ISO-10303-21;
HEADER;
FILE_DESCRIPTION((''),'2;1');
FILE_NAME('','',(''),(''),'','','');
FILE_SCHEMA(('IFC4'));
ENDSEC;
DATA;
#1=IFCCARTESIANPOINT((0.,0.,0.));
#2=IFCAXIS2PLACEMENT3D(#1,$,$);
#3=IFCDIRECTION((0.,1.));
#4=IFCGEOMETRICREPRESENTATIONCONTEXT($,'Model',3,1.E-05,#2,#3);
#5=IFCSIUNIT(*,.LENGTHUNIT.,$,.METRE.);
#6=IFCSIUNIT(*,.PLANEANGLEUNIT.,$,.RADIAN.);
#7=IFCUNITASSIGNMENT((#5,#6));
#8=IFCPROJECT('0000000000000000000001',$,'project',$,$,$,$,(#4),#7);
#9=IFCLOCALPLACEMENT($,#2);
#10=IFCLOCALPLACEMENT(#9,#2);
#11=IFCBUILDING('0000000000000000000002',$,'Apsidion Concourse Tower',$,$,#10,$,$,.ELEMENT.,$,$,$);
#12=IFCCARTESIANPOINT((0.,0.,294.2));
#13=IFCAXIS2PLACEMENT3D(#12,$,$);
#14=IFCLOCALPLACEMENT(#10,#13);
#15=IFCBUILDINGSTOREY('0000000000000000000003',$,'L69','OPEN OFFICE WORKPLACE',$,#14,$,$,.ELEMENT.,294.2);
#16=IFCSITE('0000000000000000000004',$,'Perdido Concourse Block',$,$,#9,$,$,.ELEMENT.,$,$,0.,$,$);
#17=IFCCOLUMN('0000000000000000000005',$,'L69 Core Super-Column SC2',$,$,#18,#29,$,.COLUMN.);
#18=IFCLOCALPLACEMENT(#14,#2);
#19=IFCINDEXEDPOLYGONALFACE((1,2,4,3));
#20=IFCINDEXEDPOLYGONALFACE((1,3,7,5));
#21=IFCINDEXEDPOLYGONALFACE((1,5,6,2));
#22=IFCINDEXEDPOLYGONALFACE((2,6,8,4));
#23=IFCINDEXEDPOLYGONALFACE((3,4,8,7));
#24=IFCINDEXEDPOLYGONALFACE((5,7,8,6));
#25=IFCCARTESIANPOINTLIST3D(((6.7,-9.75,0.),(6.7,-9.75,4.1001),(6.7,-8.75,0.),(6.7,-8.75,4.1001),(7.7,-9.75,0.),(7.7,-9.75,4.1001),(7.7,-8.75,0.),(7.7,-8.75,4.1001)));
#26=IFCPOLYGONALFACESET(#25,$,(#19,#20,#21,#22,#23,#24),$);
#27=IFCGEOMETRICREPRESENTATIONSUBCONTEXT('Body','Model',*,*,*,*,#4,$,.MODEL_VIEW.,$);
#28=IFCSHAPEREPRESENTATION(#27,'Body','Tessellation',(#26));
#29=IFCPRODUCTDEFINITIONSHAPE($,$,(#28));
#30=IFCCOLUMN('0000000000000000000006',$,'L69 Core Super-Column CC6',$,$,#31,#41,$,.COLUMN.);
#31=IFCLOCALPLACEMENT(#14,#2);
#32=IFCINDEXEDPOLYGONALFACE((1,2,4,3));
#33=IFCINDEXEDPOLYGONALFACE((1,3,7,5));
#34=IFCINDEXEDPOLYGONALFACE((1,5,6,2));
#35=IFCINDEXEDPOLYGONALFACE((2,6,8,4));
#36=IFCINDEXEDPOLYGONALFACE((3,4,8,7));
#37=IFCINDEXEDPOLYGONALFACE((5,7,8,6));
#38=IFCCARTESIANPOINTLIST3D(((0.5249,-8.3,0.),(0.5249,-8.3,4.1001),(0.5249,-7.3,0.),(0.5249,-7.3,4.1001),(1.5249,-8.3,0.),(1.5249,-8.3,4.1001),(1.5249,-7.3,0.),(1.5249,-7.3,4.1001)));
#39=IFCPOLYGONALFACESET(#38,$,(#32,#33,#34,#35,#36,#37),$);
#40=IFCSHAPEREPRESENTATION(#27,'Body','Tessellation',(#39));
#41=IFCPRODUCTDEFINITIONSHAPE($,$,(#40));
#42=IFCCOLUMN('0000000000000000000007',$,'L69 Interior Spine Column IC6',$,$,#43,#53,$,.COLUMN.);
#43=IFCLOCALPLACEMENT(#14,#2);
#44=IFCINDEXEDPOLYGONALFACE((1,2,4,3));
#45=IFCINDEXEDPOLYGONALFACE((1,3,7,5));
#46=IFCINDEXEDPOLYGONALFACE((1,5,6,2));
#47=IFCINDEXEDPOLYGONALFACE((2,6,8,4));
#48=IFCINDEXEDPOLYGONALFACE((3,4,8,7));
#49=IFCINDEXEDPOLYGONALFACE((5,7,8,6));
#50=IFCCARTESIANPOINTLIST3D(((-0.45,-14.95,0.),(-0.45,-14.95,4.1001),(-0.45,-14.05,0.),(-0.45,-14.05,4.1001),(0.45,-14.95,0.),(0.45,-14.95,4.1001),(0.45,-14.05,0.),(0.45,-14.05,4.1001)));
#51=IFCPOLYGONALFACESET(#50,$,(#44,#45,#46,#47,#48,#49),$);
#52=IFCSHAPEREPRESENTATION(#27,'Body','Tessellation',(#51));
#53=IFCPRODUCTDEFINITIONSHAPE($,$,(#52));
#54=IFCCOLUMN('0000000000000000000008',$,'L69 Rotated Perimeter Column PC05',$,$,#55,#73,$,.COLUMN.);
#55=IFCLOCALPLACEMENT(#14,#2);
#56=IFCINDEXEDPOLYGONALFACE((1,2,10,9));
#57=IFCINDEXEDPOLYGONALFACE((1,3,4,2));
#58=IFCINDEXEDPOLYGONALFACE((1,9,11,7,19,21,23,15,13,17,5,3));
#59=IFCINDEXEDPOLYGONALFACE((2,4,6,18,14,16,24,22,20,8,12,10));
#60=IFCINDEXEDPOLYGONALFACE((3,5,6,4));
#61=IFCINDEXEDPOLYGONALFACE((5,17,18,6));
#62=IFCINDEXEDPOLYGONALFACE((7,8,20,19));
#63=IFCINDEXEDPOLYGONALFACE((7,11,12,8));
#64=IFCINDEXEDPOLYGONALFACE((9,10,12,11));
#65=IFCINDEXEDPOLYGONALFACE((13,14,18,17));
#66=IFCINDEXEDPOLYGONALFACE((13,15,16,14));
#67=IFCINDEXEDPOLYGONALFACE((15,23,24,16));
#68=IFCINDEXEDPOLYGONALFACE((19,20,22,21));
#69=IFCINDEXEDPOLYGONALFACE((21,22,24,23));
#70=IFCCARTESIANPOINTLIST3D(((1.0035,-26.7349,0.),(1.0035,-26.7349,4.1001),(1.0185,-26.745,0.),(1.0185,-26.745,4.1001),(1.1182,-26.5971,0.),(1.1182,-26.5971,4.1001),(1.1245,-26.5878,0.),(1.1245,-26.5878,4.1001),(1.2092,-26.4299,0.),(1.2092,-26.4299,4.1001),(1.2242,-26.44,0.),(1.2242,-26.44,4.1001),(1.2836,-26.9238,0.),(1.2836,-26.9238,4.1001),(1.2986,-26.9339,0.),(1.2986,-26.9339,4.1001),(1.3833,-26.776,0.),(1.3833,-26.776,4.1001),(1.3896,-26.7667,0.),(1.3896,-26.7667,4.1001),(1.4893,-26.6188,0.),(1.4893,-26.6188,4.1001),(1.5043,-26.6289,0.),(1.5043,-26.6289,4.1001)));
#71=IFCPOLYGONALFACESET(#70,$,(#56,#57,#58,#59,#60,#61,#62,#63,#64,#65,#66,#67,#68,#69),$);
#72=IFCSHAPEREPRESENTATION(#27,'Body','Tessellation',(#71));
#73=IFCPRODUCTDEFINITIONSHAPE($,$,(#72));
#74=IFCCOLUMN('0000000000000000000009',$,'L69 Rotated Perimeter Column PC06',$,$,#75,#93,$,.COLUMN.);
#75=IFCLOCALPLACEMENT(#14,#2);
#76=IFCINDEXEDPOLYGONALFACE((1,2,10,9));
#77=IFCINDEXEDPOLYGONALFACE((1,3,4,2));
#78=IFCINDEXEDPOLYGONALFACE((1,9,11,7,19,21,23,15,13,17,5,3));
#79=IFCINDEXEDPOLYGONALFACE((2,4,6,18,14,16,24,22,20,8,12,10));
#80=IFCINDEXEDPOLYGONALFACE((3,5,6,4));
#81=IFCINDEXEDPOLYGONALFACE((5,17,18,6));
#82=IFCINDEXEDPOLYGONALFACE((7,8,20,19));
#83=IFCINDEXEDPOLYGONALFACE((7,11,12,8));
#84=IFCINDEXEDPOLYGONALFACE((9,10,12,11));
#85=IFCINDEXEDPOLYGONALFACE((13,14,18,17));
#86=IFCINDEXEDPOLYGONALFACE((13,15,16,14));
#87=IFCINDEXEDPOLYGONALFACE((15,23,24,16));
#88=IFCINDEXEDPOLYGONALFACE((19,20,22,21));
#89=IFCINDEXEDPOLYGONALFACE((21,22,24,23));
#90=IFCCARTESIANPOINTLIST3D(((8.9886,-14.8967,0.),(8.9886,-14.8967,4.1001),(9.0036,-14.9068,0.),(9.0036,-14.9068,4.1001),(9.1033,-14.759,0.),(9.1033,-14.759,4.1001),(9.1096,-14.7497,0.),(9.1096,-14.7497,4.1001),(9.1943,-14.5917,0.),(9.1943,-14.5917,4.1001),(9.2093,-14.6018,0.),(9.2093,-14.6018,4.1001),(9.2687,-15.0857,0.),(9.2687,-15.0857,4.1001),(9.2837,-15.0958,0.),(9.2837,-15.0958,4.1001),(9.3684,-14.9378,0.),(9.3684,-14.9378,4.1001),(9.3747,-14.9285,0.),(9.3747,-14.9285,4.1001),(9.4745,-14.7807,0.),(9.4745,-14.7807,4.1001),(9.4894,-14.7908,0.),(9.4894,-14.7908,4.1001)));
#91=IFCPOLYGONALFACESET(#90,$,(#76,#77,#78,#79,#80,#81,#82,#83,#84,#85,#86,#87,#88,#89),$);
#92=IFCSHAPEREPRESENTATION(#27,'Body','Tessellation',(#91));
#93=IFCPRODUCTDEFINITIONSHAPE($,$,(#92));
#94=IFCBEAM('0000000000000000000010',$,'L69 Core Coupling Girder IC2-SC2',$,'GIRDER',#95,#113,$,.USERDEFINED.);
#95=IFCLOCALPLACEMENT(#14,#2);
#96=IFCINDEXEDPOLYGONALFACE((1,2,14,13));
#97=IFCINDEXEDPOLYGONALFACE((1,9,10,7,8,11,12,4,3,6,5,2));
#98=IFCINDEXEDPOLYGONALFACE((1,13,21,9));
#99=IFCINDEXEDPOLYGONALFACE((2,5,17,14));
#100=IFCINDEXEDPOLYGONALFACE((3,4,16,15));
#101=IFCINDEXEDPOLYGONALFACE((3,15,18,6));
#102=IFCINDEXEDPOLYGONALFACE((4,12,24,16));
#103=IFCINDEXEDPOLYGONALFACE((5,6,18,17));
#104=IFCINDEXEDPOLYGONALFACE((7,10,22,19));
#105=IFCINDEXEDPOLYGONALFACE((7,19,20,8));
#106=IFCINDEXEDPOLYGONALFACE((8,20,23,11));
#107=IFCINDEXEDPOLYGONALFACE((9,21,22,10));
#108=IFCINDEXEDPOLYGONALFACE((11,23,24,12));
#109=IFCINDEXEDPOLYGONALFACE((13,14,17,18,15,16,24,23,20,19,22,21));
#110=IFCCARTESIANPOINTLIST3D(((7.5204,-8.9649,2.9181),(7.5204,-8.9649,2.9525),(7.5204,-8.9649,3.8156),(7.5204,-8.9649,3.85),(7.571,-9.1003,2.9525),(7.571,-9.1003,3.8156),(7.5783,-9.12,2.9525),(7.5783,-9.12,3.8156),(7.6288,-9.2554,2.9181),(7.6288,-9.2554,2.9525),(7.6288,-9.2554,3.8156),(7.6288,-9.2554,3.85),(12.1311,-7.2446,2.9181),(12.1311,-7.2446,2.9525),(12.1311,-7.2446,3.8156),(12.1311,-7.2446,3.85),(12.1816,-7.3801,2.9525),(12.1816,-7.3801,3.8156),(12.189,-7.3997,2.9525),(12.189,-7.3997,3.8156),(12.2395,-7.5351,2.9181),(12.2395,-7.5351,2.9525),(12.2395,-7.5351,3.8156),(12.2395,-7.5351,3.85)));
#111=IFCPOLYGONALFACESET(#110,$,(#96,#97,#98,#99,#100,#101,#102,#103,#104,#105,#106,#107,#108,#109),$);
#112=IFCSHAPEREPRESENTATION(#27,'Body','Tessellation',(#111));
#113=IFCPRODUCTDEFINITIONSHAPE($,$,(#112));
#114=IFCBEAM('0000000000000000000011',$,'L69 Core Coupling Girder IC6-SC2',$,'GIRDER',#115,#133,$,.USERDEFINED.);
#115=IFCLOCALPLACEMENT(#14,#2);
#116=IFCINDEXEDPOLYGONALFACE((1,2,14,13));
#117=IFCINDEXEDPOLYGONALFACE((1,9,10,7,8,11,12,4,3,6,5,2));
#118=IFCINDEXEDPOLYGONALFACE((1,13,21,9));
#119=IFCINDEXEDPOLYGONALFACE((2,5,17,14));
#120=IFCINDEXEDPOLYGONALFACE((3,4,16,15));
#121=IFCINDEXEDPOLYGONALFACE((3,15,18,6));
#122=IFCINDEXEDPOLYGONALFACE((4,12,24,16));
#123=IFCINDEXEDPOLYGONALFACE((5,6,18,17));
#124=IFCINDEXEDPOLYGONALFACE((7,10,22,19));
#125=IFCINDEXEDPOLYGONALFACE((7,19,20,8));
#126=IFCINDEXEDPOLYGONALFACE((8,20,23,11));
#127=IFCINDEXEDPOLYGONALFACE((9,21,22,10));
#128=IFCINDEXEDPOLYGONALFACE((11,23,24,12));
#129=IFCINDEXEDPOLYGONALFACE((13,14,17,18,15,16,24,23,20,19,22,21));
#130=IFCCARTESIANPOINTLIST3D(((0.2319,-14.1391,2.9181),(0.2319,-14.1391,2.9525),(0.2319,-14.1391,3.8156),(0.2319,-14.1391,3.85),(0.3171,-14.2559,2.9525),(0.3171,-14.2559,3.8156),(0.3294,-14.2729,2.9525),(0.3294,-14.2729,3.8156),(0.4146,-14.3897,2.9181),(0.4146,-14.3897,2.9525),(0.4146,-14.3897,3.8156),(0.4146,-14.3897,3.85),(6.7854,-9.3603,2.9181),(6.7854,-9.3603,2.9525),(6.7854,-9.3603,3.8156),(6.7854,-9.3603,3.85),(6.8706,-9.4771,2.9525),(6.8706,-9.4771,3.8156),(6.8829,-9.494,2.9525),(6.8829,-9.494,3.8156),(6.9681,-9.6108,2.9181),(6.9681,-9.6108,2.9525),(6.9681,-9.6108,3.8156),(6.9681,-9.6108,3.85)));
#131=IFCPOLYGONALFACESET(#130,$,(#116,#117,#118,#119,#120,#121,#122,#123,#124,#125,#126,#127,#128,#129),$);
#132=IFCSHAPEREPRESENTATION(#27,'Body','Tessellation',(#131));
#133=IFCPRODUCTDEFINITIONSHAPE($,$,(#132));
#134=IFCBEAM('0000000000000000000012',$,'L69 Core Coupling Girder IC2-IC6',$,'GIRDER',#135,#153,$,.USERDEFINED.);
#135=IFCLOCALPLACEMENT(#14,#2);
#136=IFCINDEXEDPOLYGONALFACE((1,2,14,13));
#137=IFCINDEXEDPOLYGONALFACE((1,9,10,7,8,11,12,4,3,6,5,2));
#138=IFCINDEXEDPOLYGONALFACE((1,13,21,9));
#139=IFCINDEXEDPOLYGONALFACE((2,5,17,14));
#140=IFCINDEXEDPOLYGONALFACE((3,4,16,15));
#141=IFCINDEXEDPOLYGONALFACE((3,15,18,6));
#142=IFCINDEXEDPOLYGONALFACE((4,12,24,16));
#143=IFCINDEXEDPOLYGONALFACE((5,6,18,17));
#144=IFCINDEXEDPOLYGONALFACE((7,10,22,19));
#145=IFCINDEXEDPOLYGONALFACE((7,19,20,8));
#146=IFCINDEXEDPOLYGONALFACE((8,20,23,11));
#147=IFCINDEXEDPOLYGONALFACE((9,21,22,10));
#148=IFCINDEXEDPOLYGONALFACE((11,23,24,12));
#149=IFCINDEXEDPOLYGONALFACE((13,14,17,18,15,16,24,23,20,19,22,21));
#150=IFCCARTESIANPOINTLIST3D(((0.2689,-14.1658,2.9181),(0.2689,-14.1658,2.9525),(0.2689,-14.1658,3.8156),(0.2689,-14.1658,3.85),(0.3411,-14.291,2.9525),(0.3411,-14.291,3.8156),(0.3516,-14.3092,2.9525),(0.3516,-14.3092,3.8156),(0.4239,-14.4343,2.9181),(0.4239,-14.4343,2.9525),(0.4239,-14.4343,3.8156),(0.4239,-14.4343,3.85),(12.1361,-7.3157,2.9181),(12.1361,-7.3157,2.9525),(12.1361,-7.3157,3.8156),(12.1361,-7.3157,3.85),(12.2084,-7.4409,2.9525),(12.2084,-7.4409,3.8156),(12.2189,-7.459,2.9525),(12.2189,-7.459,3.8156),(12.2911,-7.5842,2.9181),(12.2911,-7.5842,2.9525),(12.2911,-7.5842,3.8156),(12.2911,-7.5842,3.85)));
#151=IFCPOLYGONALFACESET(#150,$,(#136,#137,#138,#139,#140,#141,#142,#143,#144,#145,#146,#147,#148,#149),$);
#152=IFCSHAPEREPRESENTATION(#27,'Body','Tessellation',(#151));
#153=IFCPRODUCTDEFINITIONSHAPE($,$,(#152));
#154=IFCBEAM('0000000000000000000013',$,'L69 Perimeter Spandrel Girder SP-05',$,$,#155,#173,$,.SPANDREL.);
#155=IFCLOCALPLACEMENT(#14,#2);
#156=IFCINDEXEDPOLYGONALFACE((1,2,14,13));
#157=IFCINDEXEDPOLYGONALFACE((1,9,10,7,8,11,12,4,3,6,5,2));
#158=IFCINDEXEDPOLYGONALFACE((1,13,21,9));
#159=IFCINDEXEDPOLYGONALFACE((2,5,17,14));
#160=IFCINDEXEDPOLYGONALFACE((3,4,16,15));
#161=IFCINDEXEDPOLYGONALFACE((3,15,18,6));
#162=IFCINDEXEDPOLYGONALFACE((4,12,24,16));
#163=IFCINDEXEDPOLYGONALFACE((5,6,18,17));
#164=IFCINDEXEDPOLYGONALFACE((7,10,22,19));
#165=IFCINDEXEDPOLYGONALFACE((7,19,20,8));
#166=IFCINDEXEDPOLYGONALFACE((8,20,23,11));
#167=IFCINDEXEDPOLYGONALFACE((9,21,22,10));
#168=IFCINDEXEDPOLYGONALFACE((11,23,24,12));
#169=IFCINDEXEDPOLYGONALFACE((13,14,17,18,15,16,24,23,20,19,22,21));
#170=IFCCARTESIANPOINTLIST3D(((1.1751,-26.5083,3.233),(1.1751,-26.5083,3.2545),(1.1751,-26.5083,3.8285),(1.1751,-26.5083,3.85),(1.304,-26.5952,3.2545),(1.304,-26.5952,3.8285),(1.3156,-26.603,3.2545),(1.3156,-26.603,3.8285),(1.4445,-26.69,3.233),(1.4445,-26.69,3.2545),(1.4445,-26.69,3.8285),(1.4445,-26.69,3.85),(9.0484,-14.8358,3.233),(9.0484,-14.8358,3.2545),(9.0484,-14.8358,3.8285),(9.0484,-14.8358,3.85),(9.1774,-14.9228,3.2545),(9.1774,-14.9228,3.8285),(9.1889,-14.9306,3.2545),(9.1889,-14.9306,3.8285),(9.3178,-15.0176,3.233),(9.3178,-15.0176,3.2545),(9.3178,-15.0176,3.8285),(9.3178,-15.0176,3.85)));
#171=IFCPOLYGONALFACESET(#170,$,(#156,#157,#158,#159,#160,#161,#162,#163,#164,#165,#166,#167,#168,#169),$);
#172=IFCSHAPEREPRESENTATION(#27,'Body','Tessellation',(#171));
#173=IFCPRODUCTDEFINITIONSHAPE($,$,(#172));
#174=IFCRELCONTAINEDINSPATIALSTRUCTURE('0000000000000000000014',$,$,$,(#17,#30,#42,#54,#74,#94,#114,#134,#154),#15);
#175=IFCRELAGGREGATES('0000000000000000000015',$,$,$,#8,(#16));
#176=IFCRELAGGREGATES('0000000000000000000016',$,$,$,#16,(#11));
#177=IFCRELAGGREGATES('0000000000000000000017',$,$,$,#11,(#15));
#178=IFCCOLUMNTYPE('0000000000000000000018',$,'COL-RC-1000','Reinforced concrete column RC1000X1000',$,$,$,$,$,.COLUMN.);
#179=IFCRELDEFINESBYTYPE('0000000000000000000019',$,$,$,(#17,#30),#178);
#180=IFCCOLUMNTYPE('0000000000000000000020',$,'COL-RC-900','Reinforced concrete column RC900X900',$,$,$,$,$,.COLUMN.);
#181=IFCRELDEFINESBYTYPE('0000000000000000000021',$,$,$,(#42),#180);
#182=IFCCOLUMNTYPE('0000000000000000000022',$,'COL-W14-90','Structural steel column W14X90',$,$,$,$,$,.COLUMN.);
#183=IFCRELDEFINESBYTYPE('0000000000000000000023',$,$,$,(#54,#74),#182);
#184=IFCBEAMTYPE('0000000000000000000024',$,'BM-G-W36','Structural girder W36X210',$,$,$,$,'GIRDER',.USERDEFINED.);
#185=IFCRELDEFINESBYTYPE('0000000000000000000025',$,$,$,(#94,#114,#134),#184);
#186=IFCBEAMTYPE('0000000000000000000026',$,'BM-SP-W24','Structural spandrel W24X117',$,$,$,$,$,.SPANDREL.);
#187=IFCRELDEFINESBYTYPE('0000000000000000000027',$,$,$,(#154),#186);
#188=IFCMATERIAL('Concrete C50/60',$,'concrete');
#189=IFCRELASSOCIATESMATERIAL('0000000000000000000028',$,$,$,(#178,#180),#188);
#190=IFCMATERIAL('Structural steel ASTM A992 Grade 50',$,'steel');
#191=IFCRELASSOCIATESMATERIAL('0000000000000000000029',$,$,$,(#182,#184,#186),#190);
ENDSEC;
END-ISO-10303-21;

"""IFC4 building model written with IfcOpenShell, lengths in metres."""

from ifc_helpers import new_model, si_unit, direction, frame, origin, origin_2d, place, context, subcontext, project, spatial, rectangle, i_section, extrude, material, material_profile, profile_set, type_object, element, save


model = new_model("IFC4")

# Units and contexts
model_context = context("Model", 3, precision=1e-05, world=origin(), true_north=direction((0.0, 1.0)))
body_context = subcontext(model_context, "Body", "Model", "MODEL_VIEW")
ifc_project = project(units=[si_unit("LENGTHUNIT", "METRE"), si_unit("PLANEANGLEUNIT", "RADIAN")], contexts=[model_context])

# Site, building, storey
site_placement = place(None, origin())
site = spatial("IfcSite", under=ifc_project, at=site_placement, Name="Perdido Concourse Block", CompositionType="ELEMENT", RefElevation=0.0)
building_placement = place(site_placement, origin())
building = spatial("IfcBuilding", under=site, at=building_placement, Name="Apsidion Concourse Tower", CompositionType="ELEMENT")
storey_placement = place(building_placement, frame((0.0, 0.0, 294.2)))
storey = spatial("IfcBuildingStorey", under=building, at=storey_placement, Name="L69", Description="OPEN OFFICE WORKPLACE", CompositionType="ELEMENT", Elevation=294.2)

# Columns
ifc_material_1 = material(Name="Concrete C50/60", Category="concrete")
ifc_material_profile_1 = material_profile(ifc_material_1, rectangle(XDim=1.0, YDim=1.0, at=origin_2d()), Name="RC 1000x1000")
ifc_profile_set_1 = profile_set([ifc_material_profile_1], Name="Concrete C50/60")
column_type_1 = type_object("IfcColumnType", Name="COL-RC-1000", Description="Reinforced concrete column RC1000X1000", PredefinedType="COLUMN", material=ifc_profile_set_1)
for number, where, z_axis, x_axis, name in (
    (1, (7.2, -9.25, 0.0), (0.0, 0.0, 1.0), (1.0, 0.0, 0.0), "L69 Core Super-Column SC2"),
    (2, (1.0249, -7.8, 0.0), (0.0, 0.0, 1.0), (1.0, 0.0, 0.0), "L69 Core Super-Column CC6"),
):
    element("IfcColumn", number, at=place(storey_placement, frame(where, z_axis=z_axis, x_axis=x_axis)), inside=storey, type_object=column_type_1, Name=name, PredefinedType="COLUMN", context=body_context, shape_type="SweptSolid", body=[
        extrude(rectangle(XDim=1.0, YDim=1.0, at=origin_2d()), origin(), (0.0, 0.0, 1.0), 4.1001),
    ])
ifc_material_profile_2 = material_profile(ifc_material_1, rectangle(XDim=0.8999, YDim=0.8999, at=origin_2d()), Name="RC 900x900")
ifc_profile_set_2 = profile_set([ifc_material_profile_2], Name="Concrete C50/60")
column_type_2 = type_object("IfcColumnType", Name="COL-RC-900", Description="Reinforced concrete column RC900X900", PredefinedType="COLUMN", material=ifc_profile_set_2)
column_placement = place(storey_placement, frame((0.0, -14.5, 0.0), z_axis=(0.0, 0.0, 1.0), x_axis=(1.0, 0.0, 0.0)))
element("IfcColumn", 3, at=column_placement, inside=storey, type_object=column_type_2, Name="L69 Interior Spine Column IC6", PredefinedType="COLUMN", context=body_context, shape_type="SweptSolid", body=[
    extrude(rectangle(XDim=0.8999, YDim=0.8999, at=origin_2d()), origin(), (0.0, 0.0, 1.0), 4.1001),
])
ifc_material_2 = material(Name="Structural steel ASTM A992 Grade 50", Category="steel")
ifc_material_profile_3 = material_profile(ifc_material_2, i_section(OverallWidth=0.3679, OverallDepth=0.356, WebThickness=0.0112, FlangeThickness=0.0181, at=origin_2d()), Name="W14X90")
ifc_profile_set_3 = profile_set([ifc_material_profile_3], Name="Structural steel ASTM A992 Grade 50")
column_type_3 = type_object("IfcColumnType", Name="COL-W14-90", Description="Structural steel column W14X90", PredefinedType="COLUMN", material=ifc_profile_set_3)
for number, where, z_axis, x_axis, name in (
    (4, (1.2539, -26.6819, 0.0), (0.0, 0.0, 1.0), (0.559193, 0.829038, 0.0), "L69 Rotated Perimeter Column PC05"),
    (5, (9.239, -14.8438, 0.0), (0.0, 0.0, 1.0), (0.559193, 0.829038, 0.0), "L69 Rotated Perimeter Column PC06"),
):
    element("IfcColumn", number, at=place(storey_placement, frame(where, z_axis=z_axis, x_axis=x_axis)), inside=storey, type_object=column_type_3, Name=name, PredefinedType="COLUMN", context=body_context, shape_type="SweptSolid", body=[
        extrude(i_section(OverallWidth=0.3679, OverallDepth=0.356, WebThickness=0.0112, FlangeThickness=0.0181, at=origin_2d()), origin(), (0.0, 0.0, 1.0), 4.1001),
    ])

# Beams
ifc_material_profile_4 = material_profile(ifc_material_2, i_section(OverallWidth=0.3101, OverallDepth=0.9319, WebThickness=0.021, FlangeThickness=0.0344, at=origin_2d()), Name="W36X210")
ifc_profile_set_4 = profile_set([ifc_material_profile_4], Name="Structural steel ASTM A992 Grade 50")
beam_type_1 = type_object("IfcBeamType", Name="BM-G-W36", Description="Structural girder W36X210", ElementType="GIRDER", PredefinedType="USERDEFINED", material=ifc_profile_set_4)
beam_1_placement = place(storey_placement, frame((12.1853, -7.3899, 3.384), z_axis=(-0.936913, -0.349563, 0.0), x_axis=(0.349563, -0.936913, 0.0)))
element("IfcBeam", 6, at=beam_1_placement, inside=storey, type_object=beam_type_1, Name="L69 Core Coupling Girder IC2-SC2", ObjectType="GIRDER", PredefinedType="USERDEFINED", context=body_context, shape_type="SweptSolid", body=[
    extrude(i_section(OverallWidth=0.3101, OverallDepth=0.9319, WebThickness=0.021, FlangeThickness=0.0344, at=origin_2d()), origin(), (0.0, 0.0, 1.0), 4.9211),
])
beam_2_placement = place(storey_placement, frame((0.3232, -14.2644, 3.384), z_axis=(0.807993, 0.589191, 0.0), x_axis=(-0.589191, 0.807993, 0.0)))
element("IfcBeam", 7, at=beam_2_placement, inside=storey, type_object=beam_type_1, Name="L69 Core Coupling Girder IC6-SC2", ObjectType="GIRDER", PredefinedType="USERDEFINED", context=body_context, shape_type="SweptSolid", body=[
    extrude(i_section(OverallWidth=0.3101, OverallDepth=0.9319, WebThickness=0.021, FlangeThickness=0.0344, at=origin_2d()), origin(), (0.0, 0.0, 1.0), 8.1108),
])
beam_3_placement = place(storey_placement, frame((12.2136, -7.45, 3.384), z_axis=(-0.86607, -0.499922, 0.0), x_axis=(0.499922, -0.86607, 0.0)))
element("IfcBeam", 8, at=beam_3_placement, inside=storey, type_object=beam_type_1, Name="L69 Core Coupling Girder IC2-IC6", ObjectType="GIRDER", PredefinedType="USERDEFINED", context=body_context, shape_type="SweptSolid", body=[
    extrude(i_section(OverallWidth=0.3101, OverallDepth=0.9319, WebThickness=0.021, FlangeThickness=0.0344, at=origin_2d()), origin(), (0.0, 0.0, 1.0), 13.7024),
])
ifc_material_profile_5 = material_profile(ifc_material_2, i_section(OverallWidth=0.325, OverallDepth=0.6169, WebThickness=0.0139, FlangeThickness=0.0215, at=origin_2d()), Name="W24X117")
ifc_profile_set_5 = profile_set([ifc_material_profile_5], Name="Structural steel ASTM A992 Grade 50")
beam_type_2 = type_object("IfcBeamType", Name="BM-SP-W24", Description="Structural spandrel W24X117", PredefinedType="SPANDREL", material=ifc_profile_set_5)
beam_4_placement = place(storey_placement, frame((1.3098, -26.5991, 3.5415), z_axis=(0.559202, 0.829032, 0.0), x_axis=(-0.829032, 0.559202, 0.0)))
element("IfcBeam", 9, at=beam_4_placement, inside=storey, type_object=beam_type_2, Name="L69 Perimeter Spandrel Girder SP-05", PredefinedType="SPANDREL", context=body_context, shape_type="SweptSolid", body=[
    extrude(i_section(OverallWidth=0.325, OverallDepth=0.6169, WebThickness=0.0139, FlangeThickness=0.0215, at=origin_2d()), origin(), (0.0, 0.0, 1.0), 14.0796),
])

save(model, "model.ifc")
